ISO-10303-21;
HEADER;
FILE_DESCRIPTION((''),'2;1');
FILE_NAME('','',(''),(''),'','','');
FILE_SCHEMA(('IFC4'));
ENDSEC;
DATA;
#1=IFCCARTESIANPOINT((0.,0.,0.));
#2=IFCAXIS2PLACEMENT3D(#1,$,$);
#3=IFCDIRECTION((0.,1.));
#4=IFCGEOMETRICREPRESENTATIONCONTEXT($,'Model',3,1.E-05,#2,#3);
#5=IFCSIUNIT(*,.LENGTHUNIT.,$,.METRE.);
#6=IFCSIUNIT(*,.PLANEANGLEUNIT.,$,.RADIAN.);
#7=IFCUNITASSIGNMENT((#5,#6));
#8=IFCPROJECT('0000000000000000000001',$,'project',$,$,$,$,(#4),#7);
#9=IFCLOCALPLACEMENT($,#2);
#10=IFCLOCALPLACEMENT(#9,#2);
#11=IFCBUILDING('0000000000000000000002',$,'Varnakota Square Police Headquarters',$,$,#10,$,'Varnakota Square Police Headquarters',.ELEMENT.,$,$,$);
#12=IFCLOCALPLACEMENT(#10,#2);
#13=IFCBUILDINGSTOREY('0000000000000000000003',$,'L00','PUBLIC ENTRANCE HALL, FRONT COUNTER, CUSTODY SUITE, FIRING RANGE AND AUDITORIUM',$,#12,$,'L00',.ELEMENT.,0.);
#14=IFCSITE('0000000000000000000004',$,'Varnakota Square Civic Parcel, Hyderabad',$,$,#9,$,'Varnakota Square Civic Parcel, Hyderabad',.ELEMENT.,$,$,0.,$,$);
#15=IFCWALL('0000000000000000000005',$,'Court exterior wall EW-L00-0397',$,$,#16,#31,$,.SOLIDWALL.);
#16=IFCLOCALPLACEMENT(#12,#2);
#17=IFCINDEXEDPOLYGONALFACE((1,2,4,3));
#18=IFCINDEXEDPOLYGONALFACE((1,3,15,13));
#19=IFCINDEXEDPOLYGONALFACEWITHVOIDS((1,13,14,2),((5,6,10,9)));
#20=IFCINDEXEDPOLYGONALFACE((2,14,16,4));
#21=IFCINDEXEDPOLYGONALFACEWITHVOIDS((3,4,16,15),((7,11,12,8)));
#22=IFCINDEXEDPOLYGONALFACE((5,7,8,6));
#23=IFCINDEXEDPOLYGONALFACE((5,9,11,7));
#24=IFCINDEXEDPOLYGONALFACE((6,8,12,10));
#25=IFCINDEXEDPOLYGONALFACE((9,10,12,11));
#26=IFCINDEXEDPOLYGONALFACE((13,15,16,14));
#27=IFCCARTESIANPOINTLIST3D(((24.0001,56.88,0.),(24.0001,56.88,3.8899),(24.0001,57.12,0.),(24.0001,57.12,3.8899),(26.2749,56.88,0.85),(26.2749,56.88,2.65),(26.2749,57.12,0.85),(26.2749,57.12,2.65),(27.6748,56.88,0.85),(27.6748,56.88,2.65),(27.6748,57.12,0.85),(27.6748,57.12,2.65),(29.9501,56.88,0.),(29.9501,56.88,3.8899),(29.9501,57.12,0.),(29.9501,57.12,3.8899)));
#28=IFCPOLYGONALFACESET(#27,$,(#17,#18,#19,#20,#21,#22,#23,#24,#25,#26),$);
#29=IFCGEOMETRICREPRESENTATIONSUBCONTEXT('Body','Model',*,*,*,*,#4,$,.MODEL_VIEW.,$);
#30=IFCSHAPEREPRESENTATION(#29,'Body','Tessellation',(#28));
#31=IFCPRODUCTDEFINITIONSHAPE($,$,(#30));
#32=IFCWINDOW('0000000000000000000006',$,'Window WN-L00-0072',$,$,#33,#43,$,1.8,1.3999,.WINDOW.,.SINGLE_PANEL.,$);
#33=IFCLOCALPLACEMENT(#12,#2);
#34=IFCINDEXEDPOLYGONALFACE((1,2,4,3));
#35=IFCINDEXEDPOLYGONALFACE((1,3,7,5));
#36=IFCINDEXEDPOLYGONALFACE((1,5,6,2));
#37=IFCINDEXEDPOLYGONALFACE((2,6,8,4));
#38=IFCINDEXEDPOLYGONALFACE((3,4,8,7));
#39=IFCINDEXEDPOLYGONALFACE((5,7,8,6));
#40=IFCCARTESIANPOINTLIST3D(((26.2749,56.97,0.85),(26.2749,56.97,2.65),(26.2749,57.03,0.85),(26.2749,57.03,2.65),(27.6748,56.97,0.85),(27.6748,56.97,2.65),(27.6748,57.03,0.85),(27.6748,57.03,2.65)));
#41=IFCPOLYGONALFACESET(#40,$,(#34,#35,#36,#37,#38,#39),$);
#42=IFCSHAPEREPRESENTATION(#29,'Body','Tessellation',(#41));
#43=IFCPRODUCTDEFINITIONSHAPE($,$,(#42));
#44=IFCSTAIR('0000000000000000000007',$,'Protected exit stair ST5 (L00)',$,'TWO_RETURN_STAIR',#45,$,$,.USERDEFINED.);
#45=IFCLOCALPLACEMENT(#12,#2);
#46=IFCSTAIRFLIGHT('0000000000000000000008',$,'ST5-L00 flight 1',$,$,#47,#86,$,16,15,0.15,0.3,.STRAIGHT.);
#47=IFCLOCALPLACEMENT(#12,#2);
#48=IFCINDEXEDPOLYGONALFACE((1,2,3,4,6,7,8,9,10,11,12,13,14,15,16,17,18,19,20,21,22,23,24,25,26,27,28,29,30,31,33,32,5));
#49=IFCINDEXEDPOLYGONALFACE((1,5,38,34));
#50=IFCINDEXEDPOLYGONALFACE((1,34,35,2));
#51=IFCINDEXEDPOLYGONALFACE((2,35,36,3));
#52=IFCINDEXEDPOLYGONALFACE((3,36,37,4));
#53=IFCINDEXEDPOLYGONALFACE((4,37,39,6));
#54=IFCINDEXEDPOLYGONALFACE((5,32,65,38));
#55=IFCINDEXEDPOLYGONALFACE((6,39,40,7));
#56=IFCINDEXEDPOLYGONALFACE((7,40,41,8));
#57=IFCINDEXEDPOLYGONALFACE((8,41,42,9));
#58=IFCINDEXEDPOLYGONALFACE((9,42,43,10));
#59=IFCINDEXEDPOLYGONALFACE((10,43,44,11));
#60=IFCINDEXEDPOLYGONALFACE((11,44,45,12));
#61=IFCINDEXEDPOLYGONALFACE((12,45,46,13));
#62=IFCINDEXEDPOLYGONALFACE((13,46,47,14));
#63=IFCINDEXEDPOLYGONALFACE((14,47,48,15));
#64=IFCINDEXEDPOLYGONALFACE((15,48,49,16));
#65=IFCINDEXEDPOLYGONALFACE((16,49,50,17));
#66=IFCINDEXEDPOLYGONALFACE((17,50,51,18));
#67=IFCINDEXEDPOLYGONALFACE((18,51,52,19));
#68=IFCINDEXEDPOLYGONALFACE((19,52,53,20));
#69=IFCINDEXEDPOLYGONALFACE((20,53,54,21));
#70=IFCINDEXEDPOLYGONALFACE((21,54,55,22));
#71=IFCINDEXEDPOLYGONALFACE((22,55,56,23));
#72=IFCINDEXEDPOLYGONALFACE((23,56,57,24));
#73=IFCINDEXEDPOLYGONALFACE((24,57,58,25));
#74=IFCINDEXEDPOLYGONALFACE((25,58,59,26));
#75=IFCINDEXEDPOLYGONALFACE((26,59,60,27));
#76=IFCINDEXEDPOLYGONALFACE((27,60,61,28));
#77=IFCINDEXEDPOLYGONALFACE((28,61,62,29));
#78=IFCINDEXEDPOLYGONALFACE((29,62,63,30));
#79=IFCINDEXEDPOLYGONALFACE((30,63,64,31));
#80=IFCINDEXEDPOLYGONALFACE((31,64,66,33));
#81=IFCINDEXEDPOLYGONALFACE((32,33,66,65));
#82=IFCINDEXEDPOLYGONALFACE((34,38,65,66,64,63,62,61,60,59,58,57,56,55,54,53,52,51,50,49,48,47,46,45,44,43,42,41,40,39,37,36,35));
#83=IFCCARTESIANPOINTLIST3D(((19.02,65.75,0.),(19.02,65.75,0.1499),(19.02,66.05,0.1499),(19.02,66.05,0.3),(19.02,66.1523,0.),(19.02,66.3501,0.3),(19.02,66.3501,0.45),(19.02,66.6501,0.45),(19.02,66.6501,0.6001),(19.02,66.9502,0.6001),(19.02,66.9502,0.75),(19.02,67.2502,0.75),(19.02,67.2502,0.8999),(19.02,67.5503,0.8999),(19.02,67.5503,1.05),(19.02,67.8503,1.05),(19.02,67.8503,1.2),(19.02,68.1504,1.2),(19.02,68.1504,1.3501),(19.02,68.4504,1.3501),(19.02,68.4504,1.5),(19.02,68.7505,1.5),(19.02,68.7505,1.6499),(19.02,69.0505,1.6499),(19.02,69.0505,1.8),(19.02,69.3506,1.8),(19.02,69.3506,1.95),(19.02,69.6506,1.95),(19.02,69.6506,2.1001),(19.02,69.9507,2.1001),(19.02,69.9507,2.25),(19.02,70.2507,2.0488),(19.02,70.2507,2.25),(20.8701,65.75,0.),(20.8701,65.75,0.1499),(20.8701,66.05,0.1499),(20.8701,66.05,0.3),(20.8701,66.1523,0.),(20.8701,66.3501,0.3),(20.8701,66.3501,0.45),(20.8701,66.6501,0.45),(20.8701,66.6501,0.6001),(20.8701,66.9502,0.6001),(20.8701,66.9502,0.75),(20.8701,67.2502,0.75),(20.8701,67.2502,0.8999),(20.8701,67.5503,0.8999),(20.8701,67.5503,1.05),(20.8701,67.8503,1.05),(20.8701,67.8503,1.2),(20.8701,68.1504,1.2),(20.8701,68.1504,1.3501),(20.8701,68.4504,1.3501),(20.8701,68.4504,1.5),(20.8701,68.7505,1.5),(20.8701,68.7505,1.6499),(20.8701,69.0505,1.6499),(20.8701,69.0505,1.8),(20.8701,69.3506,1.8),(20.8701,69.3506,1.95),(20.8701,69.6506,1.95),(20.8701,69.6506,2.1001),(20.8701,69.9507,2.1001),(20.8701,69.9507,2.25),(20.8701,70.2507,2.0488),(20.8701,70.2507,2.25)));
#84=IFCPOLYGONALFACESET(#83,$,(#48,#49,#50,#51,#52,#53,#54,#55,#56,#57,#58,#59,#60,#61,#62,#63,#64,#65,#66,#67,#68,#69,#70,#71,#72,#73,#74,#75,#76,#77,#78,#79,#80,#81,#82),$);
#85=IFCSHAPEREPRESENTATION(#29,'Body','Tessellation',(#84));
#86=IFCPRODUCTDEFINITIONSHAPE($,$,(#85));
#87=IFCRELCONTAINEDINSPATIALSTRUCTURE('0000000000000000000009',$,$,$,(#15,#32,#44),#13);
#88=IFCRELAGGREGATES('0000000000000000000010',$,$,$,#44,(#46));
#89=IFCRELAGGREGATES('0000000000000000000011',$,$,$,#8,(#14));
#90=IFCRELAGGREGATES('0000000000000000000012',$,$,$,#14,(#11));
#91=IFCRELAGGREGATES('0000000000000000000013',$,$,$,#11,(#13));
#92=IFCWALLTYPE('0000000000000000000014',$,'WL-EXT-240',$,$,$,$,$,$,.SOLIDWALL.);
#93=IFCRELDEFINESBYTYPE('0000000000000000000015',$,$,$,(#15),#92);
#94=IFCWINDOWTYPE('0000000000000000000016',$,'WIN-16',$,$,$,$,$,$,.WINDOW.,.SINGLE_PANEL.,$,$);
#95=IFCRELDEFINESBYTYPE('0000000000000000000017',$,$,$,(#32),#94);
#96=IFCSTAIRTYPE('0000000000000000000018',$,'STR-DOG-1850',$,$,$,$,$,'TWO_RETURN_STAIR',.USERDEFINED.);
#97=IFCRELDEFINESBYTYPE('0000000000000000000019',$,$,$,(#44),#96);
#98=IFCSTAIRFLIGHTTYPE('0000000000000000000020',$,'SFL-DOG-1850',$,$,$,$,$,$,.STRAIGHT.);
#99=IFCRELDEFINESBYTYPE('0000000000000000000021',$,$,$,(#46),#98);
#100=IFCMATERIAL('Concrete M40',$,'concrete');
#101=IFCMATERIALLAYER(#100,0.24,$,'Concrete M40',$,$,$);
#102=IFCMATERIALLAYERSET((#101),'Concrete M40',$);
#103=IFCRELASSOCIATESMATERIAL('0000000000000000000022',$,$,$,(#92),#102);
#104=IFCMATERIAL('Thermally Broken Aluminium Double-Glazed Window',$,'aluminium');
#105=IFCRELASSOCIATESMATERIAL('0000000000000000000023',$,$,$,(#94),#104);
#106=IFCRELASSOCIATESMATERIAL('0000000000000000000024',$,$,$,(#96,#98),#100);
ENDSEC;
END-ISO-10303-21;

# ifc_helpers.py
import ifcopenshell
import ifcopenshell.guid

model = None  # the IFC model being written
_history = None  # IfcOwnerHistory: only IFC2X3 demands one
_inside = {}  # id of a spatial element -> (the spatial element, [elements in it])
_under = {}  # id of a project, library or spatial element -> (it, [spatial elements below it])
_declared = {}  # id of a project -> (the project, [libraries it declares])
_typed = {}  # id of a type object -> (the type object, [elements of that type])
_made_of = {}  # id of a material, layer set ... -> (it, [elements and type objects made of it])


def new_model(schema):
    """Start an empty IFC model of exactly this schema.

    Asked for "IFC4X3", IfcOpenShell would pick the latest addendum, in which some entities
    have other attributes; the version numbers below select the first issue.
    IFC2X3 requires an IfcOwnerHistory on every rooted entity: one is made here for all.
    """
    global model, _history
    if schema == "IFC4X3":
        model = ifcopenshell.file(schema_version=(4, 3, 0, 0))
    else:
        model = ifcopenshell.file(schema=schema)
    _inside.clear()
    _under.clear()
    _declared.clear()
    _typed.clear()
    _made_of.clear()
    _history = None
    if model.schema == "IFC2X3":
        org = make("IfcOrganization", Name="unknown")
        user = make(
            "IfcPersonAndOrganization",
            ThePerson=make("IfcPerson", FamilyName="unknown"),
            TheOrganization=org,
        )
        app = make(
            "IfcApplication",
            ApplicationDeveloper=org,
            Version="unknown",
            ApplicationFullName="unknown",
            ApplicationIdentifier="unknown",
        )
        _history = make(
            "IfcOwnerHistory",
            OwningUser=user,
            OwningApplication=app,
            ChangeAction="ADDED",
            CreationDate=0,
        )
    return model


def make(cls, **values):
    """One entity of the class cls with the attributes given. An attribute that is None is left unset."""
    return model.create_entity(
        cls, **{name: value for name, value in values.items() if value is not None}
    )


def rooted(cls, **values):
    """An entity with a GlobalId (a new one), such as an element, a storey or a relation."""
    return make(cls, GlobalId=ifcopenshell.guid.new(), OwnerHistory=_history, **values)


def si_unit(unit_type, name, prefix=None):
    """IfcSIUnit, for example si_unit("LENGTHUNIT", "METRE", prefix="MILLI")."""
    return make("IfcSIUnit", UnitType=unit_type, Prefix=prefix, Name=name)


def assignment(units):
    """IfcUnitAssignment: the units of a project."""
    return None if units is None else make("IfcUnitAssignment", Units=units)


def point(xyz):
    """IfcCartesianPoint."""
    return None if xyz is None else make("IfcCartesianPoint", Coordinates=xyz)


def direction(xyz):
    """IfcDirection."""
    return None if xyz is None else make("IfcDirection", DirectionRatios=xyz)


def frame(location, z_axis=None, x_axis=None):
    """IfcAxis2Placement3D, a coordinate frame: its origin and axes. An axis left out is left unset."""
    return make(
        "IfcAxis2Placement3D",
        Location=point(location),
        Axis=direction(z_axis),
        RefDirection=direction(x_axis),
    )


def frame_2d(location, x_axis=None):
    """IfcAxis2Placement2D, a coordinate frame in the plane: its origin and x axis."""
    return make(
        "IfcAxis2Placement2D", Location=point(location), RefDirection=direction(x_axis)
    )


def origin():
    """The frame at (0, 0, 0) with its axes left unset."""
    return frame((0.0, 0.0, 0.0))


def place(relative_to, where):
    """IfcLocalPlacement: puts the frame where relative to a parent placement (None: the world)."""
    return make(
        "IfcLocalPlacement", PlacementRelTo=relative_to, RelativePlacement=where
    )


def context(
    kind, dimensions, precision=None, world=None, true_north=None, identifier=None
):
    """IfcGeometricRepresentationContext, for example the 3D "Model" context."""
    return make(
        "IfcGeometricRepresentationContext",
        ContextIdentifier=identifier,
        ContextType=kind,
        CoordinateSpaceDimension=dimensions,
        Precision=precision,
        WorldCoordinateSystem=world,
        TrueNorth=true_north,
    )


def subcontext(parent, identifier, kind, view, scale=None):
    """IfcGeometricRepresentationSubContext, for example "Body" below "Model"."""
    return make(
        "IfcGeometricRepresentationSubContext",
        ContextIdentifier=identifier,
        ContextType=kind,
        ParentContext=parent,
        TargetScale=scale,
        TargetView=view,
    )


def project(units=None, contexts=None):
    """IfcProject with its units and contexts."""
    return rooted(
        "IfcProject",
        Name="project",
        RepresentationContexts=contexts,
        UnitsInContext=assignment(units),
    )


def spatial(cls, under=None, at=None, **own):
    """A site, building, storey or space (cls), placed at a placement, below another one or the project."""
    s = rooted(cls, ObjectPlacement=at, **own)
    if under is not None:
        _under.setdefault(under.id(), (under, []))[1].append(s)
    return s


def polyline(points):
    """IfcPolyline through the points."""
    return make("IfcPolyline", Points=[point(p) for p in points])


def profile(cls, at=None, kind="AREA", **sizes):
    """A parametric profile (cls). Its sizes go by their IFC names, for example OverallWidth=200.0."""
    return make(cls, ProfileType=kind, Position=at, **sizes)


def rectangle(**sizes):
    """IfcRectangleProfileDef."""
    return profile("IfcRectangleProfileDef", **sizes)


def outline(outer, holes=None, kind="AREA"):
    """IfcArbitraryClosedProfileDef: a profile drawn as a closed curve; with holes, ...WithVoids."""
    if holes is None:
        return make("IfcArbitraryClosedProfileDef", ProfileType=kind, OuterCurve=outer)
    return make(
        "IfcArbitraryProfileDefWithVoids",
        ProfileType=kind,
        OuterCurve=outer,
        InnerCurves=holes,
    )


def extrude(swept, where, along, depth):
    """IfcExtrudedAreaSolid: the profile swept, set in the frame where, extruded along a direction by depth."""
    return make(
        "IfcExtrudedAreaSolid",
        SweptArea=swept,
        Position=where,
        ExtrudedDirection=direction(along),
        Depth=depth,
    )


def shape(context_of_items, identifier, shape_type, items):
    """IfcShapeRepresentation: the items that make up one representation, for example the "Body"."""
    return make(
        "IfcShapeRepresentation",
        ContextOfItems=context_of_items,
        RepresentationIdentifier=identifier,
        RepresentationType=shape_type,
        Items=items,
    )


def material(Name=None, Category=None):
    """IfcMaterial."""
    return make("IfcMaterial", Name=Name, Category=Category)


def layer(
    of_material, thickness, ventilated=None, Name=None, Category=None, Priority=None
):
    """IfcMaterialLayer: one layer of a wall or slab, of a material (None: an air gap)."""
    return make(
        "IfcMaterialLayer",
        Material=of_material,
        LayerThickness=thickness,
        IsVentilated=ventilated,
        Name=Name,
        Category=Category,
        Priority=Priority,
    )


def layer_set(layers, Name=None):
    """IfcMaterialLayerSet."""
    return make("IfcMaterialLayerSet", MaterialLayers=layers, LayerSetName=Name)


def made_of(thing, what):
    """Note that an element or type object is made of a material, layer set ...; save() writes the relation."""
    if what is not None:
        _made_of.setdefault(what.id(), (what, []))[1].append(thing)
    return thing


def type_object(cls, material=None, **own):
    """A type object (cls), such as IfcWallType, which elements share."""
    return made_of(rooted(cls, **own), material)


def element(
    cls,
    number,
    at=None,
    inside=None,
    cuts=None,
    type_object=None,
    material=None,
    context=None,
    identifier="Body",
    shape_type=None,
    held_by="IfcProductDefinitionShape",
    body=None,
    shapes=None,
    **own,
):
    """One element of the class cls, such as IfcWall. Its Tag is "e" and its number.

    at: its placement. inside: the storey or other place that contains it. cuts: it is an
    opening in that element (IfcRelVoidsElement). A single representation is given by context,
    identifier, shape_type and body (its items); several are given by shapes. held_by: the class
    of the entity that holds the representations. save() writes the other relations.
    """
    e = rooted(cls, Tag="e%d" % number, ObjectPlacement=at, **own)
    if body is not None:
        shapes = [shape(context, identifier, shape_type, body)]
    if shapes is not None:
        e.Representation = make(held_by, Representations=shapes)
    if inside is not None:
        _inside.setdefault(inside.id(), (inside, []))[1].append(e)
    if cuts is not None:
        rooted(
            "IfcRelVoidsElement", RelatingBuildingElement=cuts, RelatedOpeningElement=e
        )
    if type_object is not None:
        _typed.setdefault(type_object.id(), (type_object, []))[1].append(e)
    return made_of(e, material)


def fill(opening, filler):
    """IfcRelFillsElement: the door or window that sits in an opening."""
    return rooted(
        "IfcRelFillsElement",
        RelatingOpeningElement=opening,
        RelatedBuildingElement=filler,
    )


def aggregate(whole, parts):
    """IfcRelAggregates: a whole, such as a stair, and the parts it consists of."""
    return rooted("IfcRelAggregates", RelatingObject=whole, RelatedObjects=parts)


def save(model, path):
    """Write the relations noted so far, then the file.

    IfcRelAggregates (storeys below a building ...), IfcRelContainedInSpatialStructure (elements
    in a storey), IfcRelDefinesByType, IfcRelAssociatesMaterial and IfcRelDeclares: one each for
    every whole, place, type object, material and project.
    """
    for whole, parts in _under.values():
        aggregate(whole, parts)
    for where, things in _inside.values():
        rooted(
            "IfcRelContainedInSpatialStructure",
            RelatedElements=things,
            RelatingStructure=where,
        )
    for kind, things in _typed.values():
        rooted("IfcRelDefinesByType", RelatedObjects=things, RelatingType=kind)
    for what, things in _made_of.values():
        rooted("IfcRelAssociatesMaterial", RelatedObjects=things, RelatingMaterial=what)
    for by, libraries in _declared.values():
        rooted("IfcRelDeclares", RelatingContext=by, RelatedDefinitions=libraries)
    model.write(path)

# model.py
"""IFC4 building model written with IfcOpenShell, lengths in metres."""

from ifc_helpers import new_model, si_unit, direction, frame, frame_2d, origin, place, context, subcontext, project, spatial, polyline, rectangle, outline, extrude, material, layer, layer_set, type_object, element, fill, aggregate, save


model = new_model("IFC4")

# Units and contexts
model_context = context("Model", 3, precision=1e-05, world=origin(), true_north=direction((0.0, 1.0)))
body_context = subcontext(model_context, "Body", "Model", "MODEL_VIEW")
ifc_project = project(units=[si_unit("LENGTHUNIT", "METRE"), si_unit("PLANEANGLEUNIT", "RADIAN")], contexts=[model_context])

# Site, building, storey
site_placement = place(None, origin())
site = spatial("IfcSite", under=ifc_project, at=site_placement, Name="Varnakota Square Civic Parcel, Hyderabad", LongName="Varnakota Square Civic Parcel, Hyderabad", CompositionType="ELEMENT", RefElevation=0.0)
building_placement = place(site_placement, origin())
building = spatial("IfcBuilding", under=site, at=building_placement, Name="Varnakota Square Police Headquarters", LongName="Varnakota Square Police Headquarters", CompositionType="ELEMENT")
storey_placement = place(building_placement, origin())
storey = spatial("IfcBuildingStorey", under=building, at=storey_placement, Name="L00", Description="PUBLIC ENTRANCE HALL, FRONT COUNTER, CUSTODY SUITE, FIRING RANGE AND AUDITORIUM", LongName="L00", CompositionType="ELEMENT", Elevation=0.0)

# Wall, opening, window
ifc_material_1 = material(Name="Concrete M40", Category="concrete")
ifc_layer_1 = layer(ifc_material_1, 0.24, Name="Concrete M40")
ifc_layer_set_1 = layer_set([ifc_layer_1], Name="Concrete M40")
wall_type_1 = type_object("IfcWallType", Name="WL-EXT-240", PredefinedType="SOLIDWALL", material=ifc_layer_set_1)
wall_1_placement = place(storey_placement, frame((24.0, 57.0, 0.0), z_axis=(0.0, 0.0, 1.0), x_axis=(1.0, 0.0, 0.0)))
wall_1 = element("IfcWall", 1, at=wall_1_placement, inside=storey, type_object=wall_type_1, Name="Court exterior wall EW-L00-0397", PredefinedType="SOLIDWALL", context=body_context, shape_type="SweptSolid", body=[
    extrude(rectangle(XDim=5.95, YDim=0.24, at=frame_2d((2.9751, 0.0))), origin(), (0.0, 0.0, 1.0), 3.8899),
])
opening_1_placement = place(wall_1_placement, frame((2.2749, 0.0, 0.8501)))
opening_1 = element("IfcOpeningElement", 2, at=opening_1_placement, cuts=wall_1, PredefinedType="OPENING", context=body_context, shape_type="SweptSolid", body=[
    extrude(rectangle(XDim=1.3999, YDim=1.8, at=frame_2d((0.7, 0.8999))), frame((0.0, 0.1299, 0.0), z_axis=(0.0, -1.0, 0.0), x_axis=(1.0, 0.0, 0.0)), (0.0, 0.0, 1.0), 0.26),
])
ifc_material_2 = material(Name="Thermally Broken Aluminium Double-Glazed Window", Category="aluminium")
window_type = type_object("IfcWindowType", Name="WIN-16", PartitioningType="SINGLE_PANEL", PredefinedType="WINDOW", material=ifc_material_2)
window_placement = place(opening_1_placement, origin())
window = element("IfcWindow", 3, at=window_placement, inside=storey, type_object=window_type, Name="Window WN-L00-0072", OverallHeight=1.8, OverallWidth=1.3999, PartitioningType="SINGLE_PANEL", PredefinedType="WINDOW", context=body_context, shape_type="SweptSolid", body=[
    extrude(rectangle(XDim=1.3999, YDim=1.8, at=frame_2d((0.7, 0.8999))), frame((0.0, 0.03, 0.0), z_axis=(0.0, -1.0, 0.0), x_axis=(1.0, 0.0, 0.0)), (0.0, 0.0, 1.0), 0.0601),
])
fill(opening_1, window)

# Stair, stair flight
stair_type = type_object("IfcStairType", Name="STR-DOG-1850", ElementType="TWO_RETURN_STAIR", PredefinedType="USERDEFINED", material=ifc_material_1)
stair_placement = place(storey_placement, origin())
stair = element("IfcStair", 4, at=stair_placement, inside=storey, type_object=stair_type, Name="Protected exit stair ST5 (L00)", ObjectType="TWO_RETURN_STAIR", PredefinedType="USERDEFINED")
stair_flight_type = type_object("IfcStairFlightType", Name="SFL-DOG-1850", PredefinedType="STRAIGHT", material=ifc_material_1)
stair_flight_placement = place(storey_placement, frame((19.9451, 65.75, 0.0), z_axis=(0.0, 0.0, 1.0), x_axis=(0.0, 1.0, 0.0)))
stair_flight = element("IfcStairFlight", 5, at=stair_flight_placement, type_object=stair_flight_type, Name="ST5-L00 flight 1", NumberOfRisers=16, NumberOfTreads=15, PredefinedType="STRAIGHT", RiserHeight=0.15, TreadLength=0.3, context=body_context, shape_type="SweptSolid", body=[
    extrude(outline(polyline([(0.0, 0.0), (0.0, 0.1499), (0.3, 0.1499), (0.3, 0.3), (0.6001, 0.3), (0.6001, 0.45), (0.9001, 0.45), (0.9001, 0.6001), (1.2002, 0.6001), (1.2002, 0.75), (1.5002, 0.75), (1.5002, 0.8999), (1.8003, 0.8999), (1.8003, 1.05), (2.1003, 1.05), (2.1003, 1.2), (2.4004, 1.2), (2.4004, 1.3501), (2.7004, 1.3501), (2.7004, 1.5), (3.0005, 1.5), (3.0005, 1.6499), (3.3005, 1.6499), (3.3005, 1.8), (3.6006, 1.8), (3.6006, 1.95), (3.9006, 1.95), (3.9006, 2.1001), (4.2007, 2.1001), (4.2007, 2.25), (4.5007, 2.25), (4.5007, 2.3999), (4.5007, 2.0488), (0.4023, 0.0), (0.0, 0.0)])), frame((0.0, 0.925, 0.0), z_axis=(0.0, -1.0, 0.0), x_axis=(1.0, 0.0, 0.0)), (0.0, 0.0, 1.0), 1.8501),
])
aggregate(stair, [stair_flight])

save(model, "model.ifc")
